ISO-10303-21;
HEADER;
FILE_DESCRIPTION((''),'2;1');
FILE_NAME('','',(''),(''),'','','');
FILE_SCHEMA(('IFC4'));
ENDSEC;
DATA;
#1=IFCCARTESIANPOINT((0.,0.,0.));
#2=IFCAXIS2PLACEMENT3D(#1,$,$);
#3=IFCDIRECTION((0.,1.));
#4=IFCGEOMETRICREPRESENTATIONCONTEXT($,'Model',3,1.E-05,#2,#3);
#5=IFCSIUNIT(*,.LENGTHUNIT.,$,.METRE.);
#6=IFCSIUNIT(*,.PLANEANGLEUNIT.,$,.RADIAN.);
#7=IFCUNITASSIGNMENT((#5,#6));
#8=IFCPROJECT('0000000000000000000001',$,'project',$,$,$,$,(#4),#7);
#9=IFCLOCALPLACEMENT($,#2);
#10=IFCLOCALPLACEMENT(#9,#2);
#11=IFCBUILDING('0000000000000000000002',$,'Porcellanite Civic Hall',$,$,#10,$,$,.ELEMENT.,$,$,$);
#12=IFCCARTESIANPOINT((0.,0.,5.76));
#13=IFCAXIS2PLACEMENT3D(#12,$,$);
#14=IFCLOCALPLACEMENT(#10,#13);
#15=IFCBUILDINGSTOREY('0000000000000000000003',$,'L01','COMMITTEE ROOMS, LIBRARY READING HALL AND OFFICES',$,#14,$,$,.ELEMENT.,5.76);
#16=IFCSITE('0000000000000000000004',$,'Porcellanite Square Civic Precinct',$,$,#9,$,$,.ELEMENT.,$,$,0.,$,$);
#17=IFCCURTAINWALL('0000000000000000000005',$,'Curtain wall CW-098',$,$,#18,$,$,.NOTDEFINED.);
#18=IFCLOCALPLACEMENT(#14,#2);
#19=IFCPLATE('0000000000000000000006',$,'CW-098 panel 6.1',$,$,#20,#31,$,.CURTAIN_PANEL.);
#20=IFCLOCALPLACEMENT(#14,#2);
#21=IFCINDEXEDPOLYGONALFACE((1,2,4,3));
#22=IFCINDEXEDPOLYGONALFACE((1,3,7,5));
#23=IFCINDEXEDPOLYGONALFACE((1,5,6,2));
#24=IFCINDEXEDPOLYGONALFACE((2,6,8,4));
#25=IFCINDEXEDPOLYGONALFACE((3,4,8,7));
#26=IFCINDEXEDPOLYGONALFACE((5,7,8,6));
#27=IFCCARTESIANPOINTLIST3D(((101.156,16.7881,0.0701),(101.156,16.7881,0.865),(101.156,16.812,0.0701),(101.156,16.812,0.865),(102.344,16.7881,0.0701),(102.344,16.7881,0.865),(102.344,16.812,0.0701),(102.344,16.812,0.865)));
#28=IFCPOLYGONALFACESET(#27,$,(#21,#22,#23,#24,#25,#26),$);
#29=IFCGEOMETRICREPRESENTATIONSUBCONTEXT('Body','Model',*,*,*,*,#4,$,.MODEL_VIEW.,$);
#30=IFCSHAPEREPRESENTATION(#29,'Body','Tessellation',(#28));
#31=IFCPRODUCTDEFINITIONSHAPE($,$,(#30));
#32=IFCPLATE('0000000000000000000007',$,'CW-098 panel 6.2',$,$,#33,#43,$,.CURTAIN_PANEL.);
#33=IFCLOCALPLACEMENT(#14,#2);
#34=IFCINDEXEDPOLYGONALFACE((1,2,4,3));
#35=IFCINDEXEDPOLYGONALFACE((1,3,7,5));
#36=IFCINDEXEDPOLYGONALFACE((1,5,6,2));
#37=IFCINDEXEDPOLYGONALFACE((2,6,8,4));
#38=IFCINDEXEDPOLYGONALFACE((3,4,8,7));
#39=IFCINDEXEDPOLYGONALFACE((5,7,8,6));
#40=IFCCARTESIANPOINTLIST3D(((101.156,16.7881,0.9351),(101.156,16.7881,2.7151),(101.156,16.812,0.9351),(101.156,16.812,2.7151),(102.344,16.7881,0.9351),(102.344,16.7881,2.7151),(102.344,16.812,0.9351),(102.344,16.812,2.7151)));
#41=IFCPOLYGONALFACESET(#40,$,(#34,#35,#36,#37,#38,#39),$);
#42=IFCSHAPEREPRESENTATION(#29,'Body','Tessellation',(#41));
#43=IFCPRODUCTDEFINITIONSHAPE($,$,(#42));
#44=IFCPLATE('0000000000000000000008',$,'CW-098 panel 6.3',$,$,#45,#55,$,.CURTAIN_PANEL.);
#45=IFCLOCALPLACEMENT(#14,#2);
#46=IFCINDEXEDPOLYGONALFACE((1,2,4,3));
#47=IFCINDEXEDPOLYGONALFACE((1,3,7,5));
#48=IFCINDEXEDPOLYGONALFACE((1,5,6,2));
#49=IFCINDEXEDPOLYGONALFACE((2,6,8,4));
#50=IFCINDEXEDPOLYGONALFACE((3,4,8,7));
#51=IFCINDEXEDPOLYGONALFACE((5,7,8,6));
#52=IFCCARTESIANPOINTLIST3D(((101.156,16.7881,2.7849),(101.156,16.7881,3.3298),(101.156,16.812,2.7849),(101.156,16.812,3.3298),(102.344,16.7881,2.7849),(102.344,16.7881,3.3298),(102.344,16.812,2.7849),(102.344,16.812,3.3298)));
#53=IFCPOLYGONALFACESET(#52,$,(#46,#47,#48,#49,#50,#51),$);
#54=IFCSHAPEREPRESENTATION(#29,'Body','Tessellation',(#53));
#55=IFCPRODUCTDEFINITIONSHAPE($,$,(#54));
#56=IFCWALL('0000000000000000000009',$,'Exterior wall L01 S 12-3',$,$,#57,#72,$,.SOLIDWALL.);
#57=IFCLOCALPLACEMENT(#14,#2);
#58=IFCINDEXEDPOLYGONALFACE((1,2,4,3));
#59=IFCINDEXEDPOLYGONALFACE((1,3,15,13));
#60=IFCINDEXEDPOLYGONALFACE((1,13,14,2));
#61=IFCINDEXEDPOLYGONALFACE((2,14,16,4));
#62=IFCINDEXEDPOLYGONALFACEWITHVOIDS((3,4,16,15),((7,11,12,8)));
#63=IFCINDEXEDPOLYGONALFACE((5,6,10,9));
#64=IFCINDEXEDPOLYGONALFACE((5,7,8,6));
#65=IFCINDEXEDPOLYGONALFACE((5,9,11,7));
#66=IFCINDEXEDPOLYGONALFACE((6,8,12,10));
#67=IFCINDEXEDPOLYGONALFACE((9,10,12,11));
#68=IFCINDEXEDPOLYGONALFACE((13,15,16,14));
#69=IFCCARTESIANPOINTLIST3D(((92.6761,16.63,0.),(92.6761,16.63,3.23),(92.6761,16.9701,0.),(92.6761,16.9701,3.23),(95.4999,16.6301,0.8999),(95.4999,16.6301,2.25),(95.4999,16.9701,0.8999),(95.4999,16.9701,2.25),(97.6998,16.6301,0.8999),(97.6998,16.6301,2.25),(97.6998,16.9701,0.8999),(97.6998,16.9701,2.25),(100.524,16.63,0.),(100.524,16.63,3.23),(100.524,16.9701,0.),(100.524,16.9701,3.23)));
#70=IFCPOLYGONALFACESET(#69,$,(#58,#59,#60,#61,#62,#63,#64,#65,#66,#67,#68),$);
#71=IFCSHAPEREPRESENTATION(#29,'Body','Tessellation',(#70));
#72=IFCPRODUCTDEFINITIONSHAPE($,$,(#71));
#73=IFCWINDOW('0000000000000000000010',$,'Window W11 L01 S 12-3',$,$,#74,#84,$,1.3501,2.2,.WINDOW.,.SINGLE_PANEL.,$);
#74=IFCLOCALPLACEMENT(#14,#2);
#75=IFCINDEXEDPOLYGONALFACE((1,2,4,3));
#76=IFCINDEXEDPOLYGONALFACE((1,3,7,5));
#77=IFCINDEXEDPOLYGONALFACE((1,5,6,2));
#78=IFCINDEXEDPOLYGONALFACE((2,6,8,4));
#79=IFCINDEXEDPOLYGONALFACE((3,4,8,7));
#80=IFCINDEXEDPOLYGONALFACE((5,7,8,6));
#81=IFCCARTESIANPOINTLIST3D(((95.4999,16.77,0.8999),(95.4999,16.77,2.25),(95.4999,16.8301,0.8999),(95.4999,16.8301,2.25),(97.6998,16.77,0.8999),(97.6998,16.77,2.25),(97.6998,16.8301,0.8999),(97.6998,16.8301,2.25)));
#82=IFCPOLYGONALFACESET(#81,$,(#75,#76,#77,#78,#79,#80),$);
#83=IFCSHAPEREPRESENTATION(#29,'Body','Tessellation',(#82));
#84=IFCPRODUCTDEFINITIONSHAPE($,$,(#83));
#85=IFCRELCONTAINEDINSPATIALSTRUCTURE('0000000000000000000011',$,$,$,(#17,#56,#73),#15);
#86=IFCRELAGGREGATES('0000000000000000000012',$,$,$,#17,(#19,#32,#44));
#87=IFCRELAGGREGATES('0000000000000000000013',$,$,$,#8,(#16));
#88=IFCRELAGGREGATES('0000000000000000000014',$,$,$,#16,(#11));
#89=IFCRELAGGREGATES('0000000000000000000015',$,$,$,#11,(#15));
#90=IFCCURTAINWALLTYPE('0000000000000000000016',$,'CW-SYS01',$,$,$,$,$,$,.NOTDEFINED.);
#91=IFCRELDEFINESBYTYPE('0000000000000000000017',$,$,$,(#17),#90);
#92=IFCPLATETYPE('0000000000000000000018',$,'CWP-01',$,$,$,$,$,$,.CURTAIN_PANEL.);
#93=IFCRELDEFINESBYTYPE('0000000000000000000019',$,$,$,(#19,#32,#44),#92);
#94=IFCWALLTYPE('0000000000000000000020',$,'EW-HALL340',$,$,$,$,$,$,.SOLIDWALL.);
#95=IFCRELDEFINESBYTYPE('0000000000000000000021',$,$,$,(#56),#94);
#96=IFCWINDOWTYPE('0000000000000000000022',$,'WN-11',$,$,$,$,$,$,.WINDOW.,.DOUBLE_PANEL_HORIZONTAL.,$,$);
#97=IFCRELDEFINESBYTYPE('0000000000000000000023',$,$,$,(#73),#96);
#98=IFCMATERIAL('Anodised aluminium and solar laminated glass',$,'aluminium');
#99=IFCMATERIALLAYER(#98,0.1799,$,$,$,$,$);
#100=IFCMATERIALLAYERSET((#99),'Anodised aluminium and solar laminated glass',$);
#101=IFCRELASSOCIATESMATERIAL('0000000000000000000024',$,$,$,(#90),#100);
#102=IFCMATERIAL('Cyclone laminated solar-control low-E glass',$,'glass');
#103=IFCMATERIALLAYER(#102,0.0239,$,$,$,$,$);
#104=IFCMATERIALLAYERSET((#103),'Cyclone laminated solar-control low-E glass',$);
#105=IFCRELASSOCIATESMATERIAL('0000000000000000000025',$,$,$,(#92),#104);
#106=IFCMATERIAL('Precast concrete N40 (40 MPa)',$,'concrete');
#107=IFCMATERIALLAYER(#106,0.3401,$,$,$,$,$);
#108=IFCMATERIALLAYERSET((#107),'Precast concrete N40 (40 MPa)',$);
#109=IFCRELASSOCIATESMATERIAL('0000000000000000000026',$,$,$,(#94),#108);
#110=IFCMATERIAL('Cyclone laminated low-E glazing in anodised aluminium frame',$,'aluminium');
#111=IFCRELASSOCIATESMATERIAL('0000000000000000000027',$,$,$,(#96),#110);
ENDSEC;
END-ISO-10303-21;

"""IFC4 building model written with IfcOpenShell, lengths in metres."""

from ifc_helpers import new_model, si_unit, direction, frame, frame_2d, origin, origin_2d, place, context, subcontext, project, spatial, rectangle, extrude, material, layer, layer_set, type_object, element, fill, aggregate, save


model = new_model("IFC4")

# Units and contexts
model_context = context("Model", 3, precision=1e-05, world=origin(), true_north=direction((0.0, 1.0)))
body_context = subcontext(model_context, "Body", "Model", "MODEL_VIEW")
ifc_project = project(units=[si_unit("LENGTHUNIT", "METRE"), si_unit("PLANEANGLEUNIT", "RADIAN")], contexts=[model_context])

# Site, building, storey
site_placement = place(None, origin())
site = spatial("IfcSite", under=ifc_project, at=site_placement, Name="Porcellanite Square Civic Precinct", CompositionType="ELEMENT", RefElevation=0.0)
building_placement = place(site_placement, origin())
building = spatial("IfcBuilding", under=site, at=building_placement, Name="Porcellanite Civic Hall", CompositionType="ELEMENT")
storey_placement = place(building_placement, frame((0.0, 0.0, 5.76)))
storey = spatial("IfcBuildingStorey", under=building, at=storey_placement, Name="L01", Description="COMMITTEE ROOMS, LIBRARY READING HALL AND OFFICES", CompositionType="ELEMENT", Elevation=5.76)

# Shared definitions
ifc_material_1 = material(Name="Anodised aluminium and solar laminated glass", Category="aluminium")
ifc_layer_1 = layer(ifc_material_1, 0.1799)
ifc_layer_set_1 = layer_set([ifc_layer_1], Name="Anodised aluminium and solar laminated glass")
curtain_wall_type = type_object("IfcCurtainWallType", Name="CW-SYS01", PredefinedType="NOTDEFINED", material=ifc_layer_set_1)

# Curtain wall
curtain_wall_1_placement = place(storey_placement, origin())
curtain_wall_1 = element("IfcCurtainWall", 1, at=curtain_wall_1_placement, inside=storey, type_object=curtain_wall_type, Name="Curtain wall CW-098", PredefinedType="NOTDEFINED")

# Plates
ifc_material_2 = material(Name="Cyclone laminated solar-control low-E glass", Category="glass")
ifc_layer_2 = layer(ifc_material_2, 0.0239)
ifc_layer_set_2 = layer_set([ifc_layer_2], Name="Cyclone laminated solar-control low-E glass")
plate_type = type_object("IfcPlateType", Name="CWP-01", PredefinedType="CURTAIN_PANEL", material=ifc_layer_set_2)
plate_1_placement = place(storey_placement, frame((101.75, 16.8, 0.0701), z_axis=(0.0, 0.0, 1.0), x_axis=(-1.0, 0.0, 0.0)))
plate_1 = element("IfcPlate", 2, at=plate_1_placement, type_object=plate_type, Name="CW-098 panel 6.1", PredefinedType="CURTAIN_PANEL", context=body_context, shape_type="SweptSolid", body=[
    extrude(rectangle(XDim=1.188, YDim=0.0239, at=origin_2d()), origin(), (0.0, 0.0, 1.0), 0.7949),
])
plate_2_placement = place(storey_placement, frame((101.75, 16.8, 0.9351), z_axis=(0.0, 0.0, 1.0), x_axis=(-1.0, 0.0, 0.0)))
plate_2 = element("IfcPlate", 3, at=plate_2_placement, type_object=plate_type, Name="CW-098 panel 6.2", PredefinedType="CURTAIN_PANEL", context=body_context, shape_type="SweptSolid", body=[
    extrude(rectangle(XDim=1.188, YDim=0.0239, at=origin_2d()), origin(), (0.0, 0.0, 1.0), 1.78),
])
plate_3_placement = place(storey_placement, frame((101.75, 16.8, 2.7849), z_axis=(0.0, 0.0, 1.0), x_axis=(-1.0, 0.0, 0.0)))
plate_3 = element("IfcPlate", 4, at=plate_3_placement, type_object=plate_type, Name="CW-098 panel 6.3", PredefinedType="CURTAIN_PANEL", context=body_context, shape_type="SweptSolid", body=[
    extrude(rectangle(XDim=1.188, YDim=0.0239, at=origin_2d()), origin(), (0.0, 0.0, 1.0), 0.5449),
])
aggregate(curtain_wall_1, [plate_1, plate_2, plate_3])

# Wall, opening, window
ifc_material_3 = material(Name="Precast concrete N40 (40 MPa)", Category="concrete")
ifc_layer_3 = layer(ifc_material_3, 0.3401)
ifc_layer_set_3 = layer_set([ifc_layer_3], Name="Precast concrete N40 (40 MPa)")
wall_type = type_object("IfcWallType", Name="EW-HALL340", PredefinedType="SOLIDWALL", material=ifc_layer_set_3)
wall_placement = place(storey_placement, frame((100.5239, 16.8, 0.0), z_axis=(0.0, 0.0, 1.0), x_axis=(-1.0, 0.0, 0.0)))
wall = element("IfcWall", 5, at=wall_placement, inside=storey, type_object=wall_type, Name="Exterior wall L01 S 12-3", PredefinedType="SOLIDWALL", context=body_context, shape_type="SweptSolid", body=[
    extrude(rectangle(XDim=7.8479, YDim=0.3401, at=frame_2d((3.9238, 0.0))), origin(), (0.0, 0.0, 1.0), 3.23),
])
opening_placement = place(wall_placement, frame((2.824, 0.0, 0.8999)))
opening = element("IfcOpeningElement", 6, at=opening_placement, cuts=wall, PredefinedType="OPENING", context=body_context, shape_type="SweptSolid", body=[
    extrude(rectangle(XDim=2.2, YDim=1.3501, at=frame_2d((1.1001, 0.675))), frame((0.0, 0.1699, 0.0), z_axis=(0.0, -1.0, 0.0), x_axis=(1.0, 0.0, 0.0)), (0.0, 0.0, 1.0), 0.3401),
])
ifc_material_4 = material(Name="Cyclone laminated low-E glazing in anodised aluminium frame", Category="aluminium")
window_type = type_object("IfcWindowType", Name="WN-11", PartitioningType="DOUBLE_PANEL_HORIZONTAL", PredefinedType="WINDOW", material=ifc_material_4)
window_placement = place(opening_placement, origin())
window = element("IfcWindow", 7, at=window_placement, inside=storey, type_object=window_type, Name="Window W11 L01 S 12-3", OverallHeight=1.3501, OverallWidth=2.2, PartitioningType="SINGLE_PANEL", PredefinedType="WINDOW", context=body_context, shape_type="SweptSolid", body=[
    extrude(rectangle(XDim=2.2, YDim=1.3501, at=frame_2d((1.1001, 0.675))), frame((0.0, 0.03, 0.0), z_axis=(0.0, -1.0, 0.0), x_axis=(1.0, 0.0, 0.0)), (0.0, 0.0, 1.0), 0.0601),
])
fill(opening, window)

save(model, "model.ifc")
